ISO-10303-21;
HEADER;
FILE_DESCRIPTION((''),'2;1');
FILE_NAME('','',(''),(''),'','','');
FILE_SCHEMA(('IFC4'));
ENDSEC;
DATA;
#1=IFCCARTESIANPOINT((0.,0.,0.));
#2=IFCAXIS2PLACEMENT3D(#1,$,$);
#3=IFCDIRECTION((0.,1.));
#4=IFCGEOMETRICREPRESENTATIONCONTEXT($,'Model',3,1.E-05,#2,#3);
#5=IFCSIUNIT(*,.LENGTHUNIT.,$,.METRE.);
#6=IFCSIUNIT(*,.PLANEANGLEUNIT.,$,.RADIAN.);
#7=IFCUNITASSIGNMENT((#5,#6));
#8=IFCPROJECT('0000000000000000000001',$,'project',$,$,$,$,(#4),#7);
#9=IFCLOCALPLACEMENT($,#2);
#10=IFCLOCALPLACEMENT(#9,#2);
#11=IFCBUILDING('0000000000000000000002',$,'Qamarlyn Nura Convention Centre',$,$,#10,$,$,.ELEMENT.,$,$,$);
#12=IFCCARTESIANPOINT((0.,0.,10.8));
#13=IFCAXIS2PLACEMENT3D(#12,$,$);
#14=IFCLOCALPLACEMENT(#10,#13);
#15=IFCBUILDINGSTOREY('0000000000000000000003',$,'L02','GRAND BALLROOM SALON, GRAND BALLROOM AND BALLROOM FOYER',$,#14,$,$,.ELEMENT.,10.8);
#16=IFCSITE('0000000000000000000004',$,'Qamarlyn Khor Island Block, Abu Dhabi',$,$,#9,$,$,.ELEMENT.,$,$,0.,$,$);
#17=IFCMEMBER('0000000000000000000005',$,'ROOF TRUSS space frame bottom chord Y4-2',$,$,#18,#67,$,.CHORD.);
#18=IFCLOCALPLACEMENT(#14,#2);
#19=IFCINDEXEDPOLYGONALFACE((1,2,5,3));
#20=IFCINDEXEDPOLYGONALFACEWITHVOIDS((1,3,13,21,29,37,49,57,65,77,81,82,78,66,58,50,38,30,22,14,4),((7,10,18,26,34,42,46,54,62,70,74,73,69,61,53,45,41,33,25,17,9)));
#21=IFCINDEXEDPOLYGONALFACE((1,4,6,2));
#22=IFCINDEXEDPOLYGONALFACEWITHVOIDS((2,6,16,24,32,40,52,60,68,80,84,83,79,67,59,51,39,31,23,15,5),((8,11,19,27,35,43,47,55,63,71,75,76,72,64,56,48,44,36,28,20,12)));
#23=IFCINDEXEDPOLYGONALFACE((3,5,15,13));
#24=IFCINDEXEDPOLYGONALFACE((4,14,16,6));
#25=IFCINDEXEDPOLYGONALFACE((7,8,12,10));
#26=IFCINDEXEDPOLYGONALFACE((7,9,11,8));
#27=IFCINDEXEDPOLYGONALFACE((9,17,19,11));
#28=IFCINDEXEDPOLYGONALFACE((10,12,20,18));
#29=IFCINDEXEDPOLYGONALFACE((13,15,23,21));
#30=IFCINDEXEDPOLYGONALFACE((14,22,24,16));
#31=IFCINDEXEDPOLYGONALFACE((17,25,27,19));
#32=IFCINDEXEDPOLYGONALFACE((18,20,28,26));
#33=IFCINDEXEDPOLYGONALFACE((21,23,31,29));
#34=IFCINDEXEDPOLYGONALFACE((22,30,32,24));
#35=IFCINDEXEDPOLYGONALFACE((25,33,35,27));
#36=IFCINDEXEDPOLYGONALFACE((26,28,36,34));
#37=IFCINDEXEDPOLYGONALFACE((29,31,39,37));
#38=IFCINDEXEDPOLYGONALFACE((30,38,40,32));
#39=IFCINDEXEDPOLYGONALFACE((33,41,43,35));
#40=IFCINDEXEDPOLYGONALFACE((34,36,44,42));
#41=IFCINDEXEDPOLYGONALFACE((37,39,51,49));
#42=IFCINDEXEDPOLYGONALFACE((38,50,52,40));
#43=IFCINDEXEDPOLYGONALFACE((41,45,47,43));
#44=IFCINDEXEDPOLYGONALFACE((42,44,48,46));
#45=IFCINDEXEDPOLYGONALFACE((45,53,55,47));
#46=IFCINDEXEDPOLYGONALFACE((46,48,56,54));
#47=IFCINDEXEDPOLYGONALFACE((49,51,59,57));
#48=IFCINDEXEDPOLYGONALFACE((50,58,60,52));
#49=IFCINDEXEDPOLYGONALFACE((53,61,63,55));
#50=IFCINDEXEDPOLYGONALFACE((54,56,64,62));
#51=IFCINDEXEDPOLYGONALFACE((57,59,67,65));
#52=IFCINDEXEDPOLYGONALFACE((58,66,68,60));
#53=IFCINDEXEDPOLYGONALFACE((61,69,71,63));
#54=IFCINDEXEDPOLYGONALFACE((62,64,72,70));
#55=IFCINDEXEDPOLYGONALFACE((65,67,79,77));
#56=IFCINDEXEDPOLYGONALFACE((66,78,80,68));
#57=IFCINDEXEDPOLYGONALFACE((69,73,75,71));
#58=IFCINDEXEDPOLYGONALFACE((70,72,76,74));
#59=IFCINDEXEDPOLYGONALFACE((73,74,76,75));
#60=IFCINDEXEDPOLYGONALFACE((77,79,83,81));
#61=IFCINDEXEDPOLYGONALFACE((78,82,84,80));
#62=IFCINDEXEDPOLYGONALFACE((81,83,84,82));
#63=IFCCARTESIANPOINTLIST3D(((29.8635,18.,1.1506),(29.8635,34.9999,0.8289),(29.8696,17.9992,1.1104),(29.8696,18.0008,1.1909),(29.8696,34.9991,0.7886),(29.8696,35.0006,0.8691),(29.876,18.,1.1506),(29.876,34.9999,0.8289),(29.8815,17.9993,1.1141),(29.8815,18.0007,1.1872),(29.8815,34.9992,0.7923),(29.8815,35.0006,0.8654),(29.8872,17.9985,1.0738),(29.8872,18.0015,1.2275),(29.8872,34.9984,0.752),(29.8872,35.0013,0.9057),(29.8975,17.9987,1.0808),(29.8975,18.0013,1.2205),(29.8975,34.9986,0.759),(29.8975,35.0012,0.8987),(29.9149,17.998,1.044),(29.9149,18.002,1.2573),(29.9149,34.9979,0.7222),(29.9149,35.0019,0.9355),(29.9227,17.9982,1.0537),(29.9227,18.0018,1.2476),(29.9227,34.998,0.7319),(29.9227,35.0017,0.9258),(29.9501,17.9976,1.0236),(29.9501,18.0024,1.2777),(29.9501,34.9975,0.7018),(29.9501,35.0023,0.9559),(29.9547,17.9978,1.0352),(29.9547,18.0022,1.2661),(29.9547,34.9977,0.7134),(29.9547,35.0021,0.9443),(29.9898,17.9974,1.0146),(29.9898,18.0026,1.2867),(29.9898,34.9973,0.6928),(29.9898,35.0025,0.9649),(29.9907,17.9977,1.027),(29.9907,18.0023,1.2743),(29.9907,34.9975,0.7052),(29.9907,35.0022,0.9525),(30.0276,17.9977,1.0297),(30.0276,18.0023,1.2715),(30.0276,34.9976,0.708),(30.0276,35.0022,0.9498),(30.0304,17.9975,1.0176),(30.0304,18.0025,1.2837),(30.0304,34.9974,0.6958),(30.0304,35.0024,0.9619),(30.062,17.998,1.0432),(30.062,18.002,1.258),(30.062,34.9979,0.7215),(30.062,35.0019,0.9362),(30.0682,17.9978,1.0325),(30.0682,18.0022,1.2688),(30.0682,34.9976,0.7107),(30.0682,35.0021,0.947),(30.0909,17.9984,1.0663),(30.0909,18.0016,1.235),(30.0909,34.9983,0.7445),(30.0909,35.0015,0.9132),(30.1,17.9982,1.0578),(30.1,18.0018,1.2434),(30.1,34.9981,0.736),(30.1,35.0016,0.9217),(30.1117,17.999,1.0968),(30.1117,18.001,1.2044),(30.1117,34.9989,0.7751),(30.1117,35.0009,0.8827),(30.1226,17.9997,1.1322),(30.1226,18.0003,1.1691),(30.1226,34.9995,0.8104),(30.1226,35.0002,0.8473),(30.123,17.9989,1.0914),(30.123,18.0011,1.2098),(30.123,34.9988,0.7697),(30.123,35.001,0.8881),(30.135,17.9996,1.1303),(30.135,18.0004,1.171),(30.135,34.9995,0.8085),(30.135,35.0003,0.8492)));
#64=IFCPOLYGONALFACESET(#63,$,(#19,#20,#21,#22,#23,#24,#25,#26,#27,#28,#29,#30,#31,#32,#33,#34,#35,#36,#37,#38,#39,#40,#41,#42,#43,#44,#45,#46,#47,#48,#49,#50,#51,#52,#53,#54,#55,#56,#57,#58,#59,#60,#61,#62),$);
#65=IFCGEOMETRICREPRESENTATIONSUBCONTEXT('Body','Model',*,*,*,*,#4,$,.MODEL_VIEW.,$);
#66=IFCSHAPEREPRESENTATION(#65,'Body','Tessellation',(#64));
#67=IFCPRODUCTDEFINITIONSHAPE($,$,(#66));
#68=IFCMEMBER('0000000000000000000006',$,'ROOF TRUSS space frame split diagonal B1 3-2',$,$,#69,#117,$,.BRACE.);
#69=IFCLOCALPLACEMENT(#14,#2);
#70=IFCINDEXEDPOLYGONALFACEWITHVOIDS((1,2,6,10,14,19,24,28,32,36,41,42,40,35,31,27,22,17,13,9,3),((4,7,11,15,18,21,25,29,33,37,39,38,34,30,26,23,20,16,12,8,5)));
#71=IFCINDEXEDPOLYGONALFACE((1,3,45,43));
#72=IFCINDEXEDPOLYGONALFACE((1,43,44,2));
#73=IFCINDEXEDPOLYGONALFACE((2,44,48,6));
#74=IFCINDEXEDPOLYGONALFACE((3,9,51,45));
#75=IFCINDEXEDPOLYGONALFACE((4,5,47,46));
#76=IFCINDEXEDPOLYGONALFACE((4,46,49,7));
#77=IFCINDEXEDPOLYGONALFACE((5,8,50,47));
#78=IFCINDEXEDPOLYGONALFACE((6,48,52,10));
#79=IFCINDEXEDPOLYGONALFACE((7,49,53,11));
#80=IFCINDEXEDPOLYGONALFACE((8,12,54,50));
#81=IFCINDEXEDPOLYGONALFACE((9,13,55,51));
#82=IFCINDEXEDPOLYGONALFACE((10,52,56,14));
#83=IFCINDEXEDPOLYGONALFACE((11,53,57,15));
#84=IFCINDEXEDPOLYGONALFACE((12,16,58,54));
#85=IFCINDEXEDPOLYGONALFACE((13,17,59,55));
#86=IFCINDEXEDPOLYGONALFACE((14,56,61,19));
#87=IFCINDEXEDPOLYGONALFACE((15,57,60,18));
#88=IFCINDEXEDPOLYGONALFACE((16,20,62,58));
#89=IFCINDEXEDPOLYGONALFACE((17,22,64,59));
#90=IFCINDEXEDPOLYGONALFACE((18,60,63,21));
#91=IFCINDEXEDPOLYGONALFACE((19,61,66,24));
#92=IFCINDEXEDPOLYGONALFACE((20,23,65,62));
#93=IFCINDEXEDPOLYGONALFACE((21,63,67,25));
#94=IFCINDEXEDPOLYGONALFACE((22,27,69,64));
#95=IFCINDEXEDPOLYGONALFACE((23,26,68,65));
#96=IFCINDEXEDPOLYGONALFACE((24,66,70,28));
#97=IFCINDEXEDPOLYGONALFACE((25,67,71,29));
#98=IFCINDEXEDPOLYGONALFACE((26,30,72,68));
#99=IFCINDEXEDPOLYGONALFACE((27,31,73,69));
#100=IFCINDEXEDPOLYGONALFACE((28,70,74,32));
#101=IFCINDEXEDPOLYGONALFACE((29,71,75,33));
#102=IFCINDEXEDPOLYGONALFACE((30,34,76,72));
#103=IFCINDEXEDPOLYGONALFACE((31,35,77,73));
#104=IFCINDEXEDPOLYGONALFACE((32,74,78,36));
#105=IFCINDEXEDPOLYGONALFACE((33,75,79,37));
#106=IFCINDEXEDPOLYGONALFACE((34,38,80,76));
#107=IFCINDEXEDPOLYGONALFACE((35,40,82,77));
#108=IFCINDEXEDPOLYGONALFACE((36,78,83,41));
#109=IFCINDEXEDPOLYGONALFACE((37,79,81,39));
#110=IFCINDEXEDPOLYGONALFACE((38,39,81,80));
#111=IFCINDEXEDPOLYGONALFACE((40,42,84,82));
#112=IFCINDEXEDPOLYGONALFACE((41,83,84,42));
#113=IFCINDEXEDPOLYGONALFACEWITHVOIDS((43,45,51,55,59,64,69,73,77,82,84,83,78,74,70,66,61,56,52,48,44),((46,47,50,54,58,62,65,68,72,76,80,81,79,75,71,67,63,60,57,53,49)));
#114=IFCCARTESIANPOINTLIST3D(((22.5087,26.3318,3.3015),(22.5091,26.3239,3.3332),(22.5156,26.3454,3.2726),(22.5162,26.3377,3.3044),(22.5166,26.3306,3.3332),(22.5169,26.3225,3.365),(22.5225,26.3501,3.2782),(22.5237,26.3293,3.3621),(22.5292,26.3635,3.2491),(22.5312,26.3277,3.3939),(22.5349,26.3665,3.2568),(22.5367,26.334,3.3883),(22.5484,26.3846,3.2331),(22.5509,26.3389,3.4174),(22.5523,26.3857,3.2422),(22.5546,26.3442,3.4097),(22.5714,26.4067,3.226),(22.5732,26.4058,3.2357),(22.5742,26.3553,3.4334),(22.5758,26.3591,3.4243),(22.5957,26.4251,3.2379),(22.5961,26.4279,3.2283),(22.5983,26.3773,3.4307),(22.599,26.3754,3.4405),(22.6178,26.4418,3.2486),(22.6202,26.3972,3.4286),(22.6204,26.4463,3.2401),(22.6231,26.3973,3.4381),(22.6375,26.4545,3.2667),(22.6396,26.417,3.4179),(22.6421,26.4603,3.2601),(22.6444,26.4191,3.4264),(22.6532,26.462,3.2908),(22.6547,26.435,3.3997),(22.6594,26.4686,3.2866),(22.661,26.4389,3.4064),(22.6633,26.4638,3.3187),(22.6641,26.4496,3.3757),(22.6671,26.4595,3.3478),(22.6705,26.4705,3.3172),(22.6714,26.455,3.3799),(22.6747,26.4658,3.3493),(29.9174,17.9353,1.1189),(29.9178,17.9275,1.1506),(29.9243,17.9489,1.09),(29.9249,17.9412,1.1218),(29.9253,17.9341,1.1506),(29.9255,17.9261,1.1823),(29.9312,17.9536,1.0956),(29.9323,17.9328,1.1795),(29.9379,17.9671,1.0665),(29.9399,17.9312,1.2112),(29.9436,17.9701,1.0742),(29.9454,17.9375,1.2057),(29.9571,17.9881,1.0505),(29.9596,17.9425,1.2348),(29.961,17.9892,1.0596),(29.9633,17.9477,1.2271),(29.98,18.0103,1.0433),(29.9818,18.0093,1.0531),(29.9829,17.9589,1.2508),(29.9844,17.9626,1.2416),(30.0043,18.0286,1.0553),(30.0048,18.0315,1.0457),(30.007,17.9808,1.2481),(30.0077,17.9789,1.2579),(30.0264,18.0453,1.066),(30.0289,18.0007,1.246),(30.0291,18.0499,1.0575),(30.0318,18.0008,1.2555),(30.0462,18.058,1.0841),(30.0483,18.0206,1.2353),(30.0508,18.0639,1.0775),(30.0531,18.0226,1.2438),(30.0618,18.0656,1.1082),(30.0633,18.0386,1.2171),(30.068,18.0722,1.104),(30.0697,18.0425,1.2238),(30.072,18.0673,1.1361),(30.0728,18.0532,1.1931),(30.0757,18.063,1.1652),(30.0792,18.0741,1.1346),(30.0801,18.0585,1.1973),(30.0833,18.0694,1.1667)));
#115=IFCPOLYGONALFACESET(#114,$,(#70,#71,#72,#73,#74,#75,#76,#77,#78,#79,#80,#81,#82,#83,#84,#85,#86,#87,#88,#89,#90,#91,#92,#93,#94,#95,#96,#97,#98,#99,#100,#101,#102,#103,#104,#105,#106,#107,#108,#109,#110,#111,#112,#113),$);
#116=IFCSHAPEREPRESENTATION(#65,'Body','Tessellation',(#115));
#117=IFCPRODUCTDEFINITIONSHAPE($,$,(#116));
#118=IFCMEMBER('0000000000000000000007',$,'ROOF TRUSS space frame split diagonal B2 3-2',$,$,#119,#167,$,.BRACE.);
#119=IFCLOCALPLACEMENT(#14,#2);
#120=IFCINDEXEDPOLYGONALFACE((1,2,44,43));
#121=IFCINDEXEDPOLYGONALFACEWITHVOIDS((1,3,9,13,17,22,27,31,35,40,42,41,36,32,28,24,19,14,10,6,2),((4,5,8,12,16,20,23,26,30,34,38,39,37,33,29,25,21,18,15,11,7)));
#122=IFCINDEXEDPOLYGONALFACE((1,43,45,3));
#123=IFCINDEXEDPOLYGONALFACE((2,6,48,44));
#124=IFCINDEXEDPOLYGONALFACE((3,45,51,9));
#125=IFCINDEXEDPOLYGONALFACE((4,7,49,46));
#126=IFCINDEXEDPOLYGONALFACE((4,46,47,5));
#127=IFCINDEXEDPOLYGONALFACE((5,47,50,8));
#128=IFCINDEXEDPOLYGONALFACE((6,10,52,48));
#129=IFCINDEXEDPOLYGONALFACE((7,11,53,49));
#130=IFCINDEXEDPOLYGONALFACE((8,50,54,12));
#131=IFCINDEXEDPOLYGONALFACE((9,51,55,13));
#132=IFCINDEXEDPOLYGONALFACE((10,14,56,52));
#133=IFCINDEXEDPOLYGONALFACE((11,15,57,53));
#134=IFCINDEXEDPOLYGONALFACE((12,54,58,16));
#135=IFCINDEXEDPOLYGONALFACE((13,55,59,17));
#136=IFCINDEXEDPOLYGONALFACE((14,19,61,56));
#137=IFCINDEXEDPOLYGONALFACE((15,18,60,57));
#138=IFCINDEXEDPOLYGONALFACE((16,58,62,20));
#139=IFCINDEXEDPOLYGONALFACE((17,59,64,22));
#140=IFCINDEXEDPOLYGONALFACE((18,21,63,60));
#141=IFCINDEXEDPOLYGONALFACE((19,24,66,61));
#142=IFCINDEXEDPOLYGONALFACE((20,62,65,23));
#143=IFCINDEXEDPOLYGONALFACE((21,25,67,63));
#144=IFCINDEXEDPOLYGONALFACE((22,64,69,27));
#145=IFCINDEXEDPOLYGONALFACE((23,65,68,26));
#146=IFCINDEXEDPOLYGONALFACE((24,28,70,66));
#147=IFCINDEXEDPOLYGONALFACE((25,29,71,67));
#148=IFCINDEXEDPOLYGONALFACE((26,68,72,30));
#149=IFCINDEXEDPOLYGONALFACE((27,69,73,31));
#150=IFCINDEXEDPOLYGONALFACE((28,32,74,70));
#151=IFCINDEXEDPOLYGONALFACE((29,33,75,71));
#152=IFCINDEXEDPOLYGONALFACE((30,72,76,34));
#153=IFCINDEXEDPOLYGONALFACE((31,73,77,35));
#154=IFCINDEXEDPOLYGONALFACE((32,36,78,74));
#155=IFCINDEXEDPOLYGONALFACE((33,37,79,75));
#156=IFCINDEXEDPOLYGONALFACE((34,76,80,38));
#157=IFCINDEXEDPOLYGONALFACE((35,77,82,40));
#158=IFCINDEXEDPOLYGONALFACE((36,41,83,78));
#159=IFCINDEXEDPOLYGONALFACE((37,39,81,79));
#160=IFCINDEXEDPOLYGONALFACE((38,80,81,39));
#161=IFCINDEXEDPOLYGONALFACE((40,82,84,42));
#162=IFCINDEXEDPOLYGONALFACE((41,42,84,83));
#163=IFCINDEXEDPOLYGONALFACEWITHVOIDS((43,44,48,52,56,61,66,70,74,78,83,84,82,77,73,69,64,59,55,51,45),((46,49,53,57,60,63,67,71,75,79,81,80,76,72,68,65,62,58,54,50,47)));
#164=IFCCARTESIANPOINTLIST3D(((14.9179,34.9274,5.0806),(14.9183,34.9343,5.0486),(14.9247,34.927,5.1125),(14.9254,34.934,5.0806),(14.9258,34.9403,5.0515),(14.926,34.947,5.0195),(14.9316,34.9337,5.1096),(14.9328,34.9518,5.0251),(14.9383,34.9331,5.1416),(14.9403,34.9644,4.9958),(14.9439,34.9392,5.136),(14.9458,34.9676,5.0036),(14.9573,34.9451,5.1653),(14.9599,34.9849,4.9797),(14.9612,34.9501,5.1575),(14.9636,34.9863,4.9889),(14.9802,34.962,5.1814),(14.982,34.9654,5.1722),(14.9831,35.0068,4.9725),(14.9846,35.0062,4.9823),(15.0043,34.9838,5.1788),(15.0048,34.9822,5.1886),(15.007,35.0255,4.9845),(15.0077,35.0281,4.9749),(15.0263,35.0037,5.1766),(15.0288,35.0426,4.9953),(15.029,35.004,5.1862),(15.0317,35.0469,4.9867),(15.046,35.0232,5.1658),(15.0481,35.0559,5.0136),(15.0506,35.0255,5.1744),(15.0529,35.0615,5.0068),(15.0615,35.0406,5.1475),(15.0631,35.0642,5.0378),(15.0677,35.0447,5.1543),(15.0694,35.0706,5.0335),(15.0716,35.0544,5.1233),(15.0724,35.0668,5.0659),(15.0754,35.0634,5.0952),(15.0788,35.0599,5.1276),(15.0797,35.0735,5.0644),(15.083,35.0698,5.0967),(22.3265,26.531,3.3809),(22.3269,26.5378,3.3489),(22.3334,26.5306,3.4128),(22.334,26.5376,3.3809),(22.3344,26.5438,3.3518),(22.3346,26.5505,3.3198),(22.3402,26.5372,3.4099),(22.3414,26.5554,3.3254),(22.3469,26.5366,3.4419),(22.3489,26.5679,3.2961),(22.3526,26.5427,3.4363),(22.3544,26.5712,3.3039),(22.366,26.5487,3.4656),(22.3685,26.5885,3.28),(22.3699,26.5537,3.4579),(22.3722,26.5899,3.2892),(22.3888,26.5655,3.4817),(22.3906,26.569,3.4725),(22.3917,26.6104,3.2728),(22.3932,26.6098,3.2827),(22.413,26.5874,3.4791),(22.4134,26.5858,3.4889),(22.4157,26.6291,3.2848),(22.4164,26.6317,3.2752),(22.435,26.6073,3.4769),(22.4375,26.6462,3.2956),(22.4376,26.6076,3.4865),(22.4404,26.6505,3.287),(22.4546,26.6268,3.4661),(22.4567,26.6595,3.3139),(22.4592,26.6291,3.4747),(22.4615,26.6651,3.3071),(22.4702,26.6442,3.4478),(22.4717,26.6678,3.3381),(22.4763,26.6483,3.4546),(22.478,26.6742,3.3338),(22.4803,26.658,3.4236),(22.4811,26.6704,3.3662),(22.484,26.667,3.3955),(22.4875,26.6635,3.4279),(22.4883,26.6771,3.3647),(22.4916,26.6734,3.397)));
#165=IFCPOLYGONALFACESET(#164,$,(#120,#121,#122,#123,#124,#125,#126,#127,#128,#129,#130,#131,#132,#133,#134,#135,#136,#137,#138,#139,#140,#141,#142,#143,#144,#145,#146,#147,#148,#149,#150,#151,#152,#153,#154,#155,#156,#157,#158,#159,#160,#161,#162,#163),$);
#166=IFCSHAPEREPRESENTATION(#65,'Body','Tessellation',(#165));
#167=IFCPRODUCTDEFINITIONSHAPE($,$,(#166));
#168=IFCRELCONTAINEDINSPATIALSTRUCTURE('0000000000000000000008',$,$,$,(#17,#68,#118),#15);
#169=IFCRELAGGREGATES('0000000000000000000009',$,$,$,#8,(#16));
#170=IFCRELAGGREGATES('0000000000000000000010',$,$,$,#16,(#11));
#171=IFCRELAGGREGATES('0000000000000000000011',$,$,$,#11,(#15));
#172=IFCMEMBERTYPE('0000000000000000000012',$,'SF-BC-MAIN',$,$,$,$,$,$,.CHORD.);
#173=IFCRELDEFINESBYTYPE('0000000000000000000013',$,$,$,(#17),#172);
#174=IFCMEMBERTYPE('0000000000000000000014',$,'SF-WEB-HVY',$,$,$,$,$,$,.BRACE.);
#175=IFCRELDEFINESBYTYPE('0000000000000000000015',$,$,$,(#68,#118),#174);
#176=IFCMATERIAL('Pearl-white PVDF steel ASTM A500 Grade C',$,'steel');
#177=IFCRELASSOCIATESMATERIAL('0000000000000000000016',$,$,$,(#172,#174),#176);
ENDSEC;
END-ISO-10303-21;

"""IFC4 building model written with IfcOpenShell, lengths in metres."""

from ifc_helpers import new_model, si_unit, direction, frame, origin, origin_2d, place, context, subcontext, project, spatial, hollow_circle, extrude, material, material_profile, profile_set, type_object, element, save


model = new_model("IFC4")

# Units and contexts
model_context = context("Model", 3, precision=1e-05, world=origin(), true_north=direction((0.0, 1.0)))
body_context = subcontext(model_context, "Body", "Model", "MODEL_VIEW")
ifc_project = project(units=[si_unit("LENGTHUNIT", "METRE"), si_unit("PLANEANGLEUNIT", "RADIAN")], contexts=[model_context])

# Site, building, storey
site_placement = place(None, origin())
site = spatial("IfcSite", under=ifc_project, at=site_placement, Name="Qamarlyn Khor Island Block, Abu Dhabi", CompositionType="ELEMENT", RefElevation=0.0)
building_placement = place(site_placement, origin())
building = spatial("IfcBuilding", under=site, at=building_placement, Name="Qamarlyn Nura Convention Centre", CompositionType="ELEMENT")
storey_placement = place(building_placement, frame((0.0, 0.0, 10.8)))
storey = spatial("IfcBuildingStorey", under=building, at=storey_placement, Name="L02", Description="GRAND BALLROOM SALON, GRAND BALLROOM AND BALLROOM FOYER", CompositionType="ELEMENT", Elevation=10.8)

# Shared definitions
ifc_material_1 = material(Name="Pearl-white PVDF steel ASTM A500 Grade C", Category="steel")

# Members
ifc_material_profile_1 = material_profile(ifc_material_1, hollow_circle(Radius=0.1365, WallThickness=0.0125, at=origin_2d()), Name="CHS273X12.5")
ifc_profile_set_1 = profile_set([ifc_material_profile_1], Name="Pearl-white PVDF steel ASTM A500 Grade C")
member_type_1 = type_object("IfcMemberType", Name="SF-BC-MAIN", PredefinedType="CHORD", material=ifc_profile_set_1)
member_1_placement = place(storey_placement, frame((30.0, 18.0, 1.1506), z_axis=(0.0, 0.999821, -0.018925), x_axis=(-1.0, 0.0, 0.0)))
element("IfcMember", 1, at=member_1_placement, inside=storey, type_object=member_type_1, Name="ROOF TRUSS space frame bottom chord Y4-2", PredefinedType="CHORD", context=body_context, shape_type="SweptSolid", body=[
    extrude(hollow_circle(Radius=0.1365, WallThickness=0.0125, at=origin_2d()), origin(), (0.0, 0.0, 1.0), 17.0029),
])
ifc_material_profile_2 = material_profile(ifc_material_1, hollow_circle(Radius=0.1096, WallThickness=0.01, at=origin_2d()), Name="CHS219.1X10")
ifc_profile_set_2 = profile_set([ifc_material_profile_2], Name="Pearl-white PVDF steel ASTM A500 Grade C")
member_type_2 = type_object("IfcMemberType", Name="SF-WEB-HVY", PredefinedType="BRACE", material=ifc_profile_set_2)
member_2_placement = place(storey_placement, frame((30.0, 18.0, 1.1506), z_axis=(-0.649402, 0.735986, 0.191315), x_axis=(-0.749837, -0.661623, 0.0)))
element("IfcMember", 2, at=member_2_placement, inside=storey, type_object=member_type_2, Name="ROOF TRUSS space frame split diagonal B1 3-2", PredefinedType="BRACE", context=body_context, shape_type="SweptSolid", body=[
    extrude(hollow_circle(Radius=0.1096, WallThickness=0.01, at=origin_2d()), origin(), (0.0, 0.0, 1.0), 11.4084),
])
member_3_placement = place(storey_placement, frame((22.4087, 26.6035, 3.3809), z_axis=(-0.65413, 0.741345, 0.150071), x_axis=(-0.749837, -0.661623, 0.0)))
element("IfcMember", 3, at=member_3_placement, inside=storey, type_object=member_type_2, Name="ROOF TRUSS space frame split diagonal B2 3-2", PredefinedType="BRACE", context=body_context, shape_type="SweptSolid", body=[
    extrude(hollow_circle(Radius=0.1096, WallThickness=0.01, at=origin_2d()), origin(), (0.0, 0.0, 1.0), 11.3259),
])

save(model, "model.ifc")
